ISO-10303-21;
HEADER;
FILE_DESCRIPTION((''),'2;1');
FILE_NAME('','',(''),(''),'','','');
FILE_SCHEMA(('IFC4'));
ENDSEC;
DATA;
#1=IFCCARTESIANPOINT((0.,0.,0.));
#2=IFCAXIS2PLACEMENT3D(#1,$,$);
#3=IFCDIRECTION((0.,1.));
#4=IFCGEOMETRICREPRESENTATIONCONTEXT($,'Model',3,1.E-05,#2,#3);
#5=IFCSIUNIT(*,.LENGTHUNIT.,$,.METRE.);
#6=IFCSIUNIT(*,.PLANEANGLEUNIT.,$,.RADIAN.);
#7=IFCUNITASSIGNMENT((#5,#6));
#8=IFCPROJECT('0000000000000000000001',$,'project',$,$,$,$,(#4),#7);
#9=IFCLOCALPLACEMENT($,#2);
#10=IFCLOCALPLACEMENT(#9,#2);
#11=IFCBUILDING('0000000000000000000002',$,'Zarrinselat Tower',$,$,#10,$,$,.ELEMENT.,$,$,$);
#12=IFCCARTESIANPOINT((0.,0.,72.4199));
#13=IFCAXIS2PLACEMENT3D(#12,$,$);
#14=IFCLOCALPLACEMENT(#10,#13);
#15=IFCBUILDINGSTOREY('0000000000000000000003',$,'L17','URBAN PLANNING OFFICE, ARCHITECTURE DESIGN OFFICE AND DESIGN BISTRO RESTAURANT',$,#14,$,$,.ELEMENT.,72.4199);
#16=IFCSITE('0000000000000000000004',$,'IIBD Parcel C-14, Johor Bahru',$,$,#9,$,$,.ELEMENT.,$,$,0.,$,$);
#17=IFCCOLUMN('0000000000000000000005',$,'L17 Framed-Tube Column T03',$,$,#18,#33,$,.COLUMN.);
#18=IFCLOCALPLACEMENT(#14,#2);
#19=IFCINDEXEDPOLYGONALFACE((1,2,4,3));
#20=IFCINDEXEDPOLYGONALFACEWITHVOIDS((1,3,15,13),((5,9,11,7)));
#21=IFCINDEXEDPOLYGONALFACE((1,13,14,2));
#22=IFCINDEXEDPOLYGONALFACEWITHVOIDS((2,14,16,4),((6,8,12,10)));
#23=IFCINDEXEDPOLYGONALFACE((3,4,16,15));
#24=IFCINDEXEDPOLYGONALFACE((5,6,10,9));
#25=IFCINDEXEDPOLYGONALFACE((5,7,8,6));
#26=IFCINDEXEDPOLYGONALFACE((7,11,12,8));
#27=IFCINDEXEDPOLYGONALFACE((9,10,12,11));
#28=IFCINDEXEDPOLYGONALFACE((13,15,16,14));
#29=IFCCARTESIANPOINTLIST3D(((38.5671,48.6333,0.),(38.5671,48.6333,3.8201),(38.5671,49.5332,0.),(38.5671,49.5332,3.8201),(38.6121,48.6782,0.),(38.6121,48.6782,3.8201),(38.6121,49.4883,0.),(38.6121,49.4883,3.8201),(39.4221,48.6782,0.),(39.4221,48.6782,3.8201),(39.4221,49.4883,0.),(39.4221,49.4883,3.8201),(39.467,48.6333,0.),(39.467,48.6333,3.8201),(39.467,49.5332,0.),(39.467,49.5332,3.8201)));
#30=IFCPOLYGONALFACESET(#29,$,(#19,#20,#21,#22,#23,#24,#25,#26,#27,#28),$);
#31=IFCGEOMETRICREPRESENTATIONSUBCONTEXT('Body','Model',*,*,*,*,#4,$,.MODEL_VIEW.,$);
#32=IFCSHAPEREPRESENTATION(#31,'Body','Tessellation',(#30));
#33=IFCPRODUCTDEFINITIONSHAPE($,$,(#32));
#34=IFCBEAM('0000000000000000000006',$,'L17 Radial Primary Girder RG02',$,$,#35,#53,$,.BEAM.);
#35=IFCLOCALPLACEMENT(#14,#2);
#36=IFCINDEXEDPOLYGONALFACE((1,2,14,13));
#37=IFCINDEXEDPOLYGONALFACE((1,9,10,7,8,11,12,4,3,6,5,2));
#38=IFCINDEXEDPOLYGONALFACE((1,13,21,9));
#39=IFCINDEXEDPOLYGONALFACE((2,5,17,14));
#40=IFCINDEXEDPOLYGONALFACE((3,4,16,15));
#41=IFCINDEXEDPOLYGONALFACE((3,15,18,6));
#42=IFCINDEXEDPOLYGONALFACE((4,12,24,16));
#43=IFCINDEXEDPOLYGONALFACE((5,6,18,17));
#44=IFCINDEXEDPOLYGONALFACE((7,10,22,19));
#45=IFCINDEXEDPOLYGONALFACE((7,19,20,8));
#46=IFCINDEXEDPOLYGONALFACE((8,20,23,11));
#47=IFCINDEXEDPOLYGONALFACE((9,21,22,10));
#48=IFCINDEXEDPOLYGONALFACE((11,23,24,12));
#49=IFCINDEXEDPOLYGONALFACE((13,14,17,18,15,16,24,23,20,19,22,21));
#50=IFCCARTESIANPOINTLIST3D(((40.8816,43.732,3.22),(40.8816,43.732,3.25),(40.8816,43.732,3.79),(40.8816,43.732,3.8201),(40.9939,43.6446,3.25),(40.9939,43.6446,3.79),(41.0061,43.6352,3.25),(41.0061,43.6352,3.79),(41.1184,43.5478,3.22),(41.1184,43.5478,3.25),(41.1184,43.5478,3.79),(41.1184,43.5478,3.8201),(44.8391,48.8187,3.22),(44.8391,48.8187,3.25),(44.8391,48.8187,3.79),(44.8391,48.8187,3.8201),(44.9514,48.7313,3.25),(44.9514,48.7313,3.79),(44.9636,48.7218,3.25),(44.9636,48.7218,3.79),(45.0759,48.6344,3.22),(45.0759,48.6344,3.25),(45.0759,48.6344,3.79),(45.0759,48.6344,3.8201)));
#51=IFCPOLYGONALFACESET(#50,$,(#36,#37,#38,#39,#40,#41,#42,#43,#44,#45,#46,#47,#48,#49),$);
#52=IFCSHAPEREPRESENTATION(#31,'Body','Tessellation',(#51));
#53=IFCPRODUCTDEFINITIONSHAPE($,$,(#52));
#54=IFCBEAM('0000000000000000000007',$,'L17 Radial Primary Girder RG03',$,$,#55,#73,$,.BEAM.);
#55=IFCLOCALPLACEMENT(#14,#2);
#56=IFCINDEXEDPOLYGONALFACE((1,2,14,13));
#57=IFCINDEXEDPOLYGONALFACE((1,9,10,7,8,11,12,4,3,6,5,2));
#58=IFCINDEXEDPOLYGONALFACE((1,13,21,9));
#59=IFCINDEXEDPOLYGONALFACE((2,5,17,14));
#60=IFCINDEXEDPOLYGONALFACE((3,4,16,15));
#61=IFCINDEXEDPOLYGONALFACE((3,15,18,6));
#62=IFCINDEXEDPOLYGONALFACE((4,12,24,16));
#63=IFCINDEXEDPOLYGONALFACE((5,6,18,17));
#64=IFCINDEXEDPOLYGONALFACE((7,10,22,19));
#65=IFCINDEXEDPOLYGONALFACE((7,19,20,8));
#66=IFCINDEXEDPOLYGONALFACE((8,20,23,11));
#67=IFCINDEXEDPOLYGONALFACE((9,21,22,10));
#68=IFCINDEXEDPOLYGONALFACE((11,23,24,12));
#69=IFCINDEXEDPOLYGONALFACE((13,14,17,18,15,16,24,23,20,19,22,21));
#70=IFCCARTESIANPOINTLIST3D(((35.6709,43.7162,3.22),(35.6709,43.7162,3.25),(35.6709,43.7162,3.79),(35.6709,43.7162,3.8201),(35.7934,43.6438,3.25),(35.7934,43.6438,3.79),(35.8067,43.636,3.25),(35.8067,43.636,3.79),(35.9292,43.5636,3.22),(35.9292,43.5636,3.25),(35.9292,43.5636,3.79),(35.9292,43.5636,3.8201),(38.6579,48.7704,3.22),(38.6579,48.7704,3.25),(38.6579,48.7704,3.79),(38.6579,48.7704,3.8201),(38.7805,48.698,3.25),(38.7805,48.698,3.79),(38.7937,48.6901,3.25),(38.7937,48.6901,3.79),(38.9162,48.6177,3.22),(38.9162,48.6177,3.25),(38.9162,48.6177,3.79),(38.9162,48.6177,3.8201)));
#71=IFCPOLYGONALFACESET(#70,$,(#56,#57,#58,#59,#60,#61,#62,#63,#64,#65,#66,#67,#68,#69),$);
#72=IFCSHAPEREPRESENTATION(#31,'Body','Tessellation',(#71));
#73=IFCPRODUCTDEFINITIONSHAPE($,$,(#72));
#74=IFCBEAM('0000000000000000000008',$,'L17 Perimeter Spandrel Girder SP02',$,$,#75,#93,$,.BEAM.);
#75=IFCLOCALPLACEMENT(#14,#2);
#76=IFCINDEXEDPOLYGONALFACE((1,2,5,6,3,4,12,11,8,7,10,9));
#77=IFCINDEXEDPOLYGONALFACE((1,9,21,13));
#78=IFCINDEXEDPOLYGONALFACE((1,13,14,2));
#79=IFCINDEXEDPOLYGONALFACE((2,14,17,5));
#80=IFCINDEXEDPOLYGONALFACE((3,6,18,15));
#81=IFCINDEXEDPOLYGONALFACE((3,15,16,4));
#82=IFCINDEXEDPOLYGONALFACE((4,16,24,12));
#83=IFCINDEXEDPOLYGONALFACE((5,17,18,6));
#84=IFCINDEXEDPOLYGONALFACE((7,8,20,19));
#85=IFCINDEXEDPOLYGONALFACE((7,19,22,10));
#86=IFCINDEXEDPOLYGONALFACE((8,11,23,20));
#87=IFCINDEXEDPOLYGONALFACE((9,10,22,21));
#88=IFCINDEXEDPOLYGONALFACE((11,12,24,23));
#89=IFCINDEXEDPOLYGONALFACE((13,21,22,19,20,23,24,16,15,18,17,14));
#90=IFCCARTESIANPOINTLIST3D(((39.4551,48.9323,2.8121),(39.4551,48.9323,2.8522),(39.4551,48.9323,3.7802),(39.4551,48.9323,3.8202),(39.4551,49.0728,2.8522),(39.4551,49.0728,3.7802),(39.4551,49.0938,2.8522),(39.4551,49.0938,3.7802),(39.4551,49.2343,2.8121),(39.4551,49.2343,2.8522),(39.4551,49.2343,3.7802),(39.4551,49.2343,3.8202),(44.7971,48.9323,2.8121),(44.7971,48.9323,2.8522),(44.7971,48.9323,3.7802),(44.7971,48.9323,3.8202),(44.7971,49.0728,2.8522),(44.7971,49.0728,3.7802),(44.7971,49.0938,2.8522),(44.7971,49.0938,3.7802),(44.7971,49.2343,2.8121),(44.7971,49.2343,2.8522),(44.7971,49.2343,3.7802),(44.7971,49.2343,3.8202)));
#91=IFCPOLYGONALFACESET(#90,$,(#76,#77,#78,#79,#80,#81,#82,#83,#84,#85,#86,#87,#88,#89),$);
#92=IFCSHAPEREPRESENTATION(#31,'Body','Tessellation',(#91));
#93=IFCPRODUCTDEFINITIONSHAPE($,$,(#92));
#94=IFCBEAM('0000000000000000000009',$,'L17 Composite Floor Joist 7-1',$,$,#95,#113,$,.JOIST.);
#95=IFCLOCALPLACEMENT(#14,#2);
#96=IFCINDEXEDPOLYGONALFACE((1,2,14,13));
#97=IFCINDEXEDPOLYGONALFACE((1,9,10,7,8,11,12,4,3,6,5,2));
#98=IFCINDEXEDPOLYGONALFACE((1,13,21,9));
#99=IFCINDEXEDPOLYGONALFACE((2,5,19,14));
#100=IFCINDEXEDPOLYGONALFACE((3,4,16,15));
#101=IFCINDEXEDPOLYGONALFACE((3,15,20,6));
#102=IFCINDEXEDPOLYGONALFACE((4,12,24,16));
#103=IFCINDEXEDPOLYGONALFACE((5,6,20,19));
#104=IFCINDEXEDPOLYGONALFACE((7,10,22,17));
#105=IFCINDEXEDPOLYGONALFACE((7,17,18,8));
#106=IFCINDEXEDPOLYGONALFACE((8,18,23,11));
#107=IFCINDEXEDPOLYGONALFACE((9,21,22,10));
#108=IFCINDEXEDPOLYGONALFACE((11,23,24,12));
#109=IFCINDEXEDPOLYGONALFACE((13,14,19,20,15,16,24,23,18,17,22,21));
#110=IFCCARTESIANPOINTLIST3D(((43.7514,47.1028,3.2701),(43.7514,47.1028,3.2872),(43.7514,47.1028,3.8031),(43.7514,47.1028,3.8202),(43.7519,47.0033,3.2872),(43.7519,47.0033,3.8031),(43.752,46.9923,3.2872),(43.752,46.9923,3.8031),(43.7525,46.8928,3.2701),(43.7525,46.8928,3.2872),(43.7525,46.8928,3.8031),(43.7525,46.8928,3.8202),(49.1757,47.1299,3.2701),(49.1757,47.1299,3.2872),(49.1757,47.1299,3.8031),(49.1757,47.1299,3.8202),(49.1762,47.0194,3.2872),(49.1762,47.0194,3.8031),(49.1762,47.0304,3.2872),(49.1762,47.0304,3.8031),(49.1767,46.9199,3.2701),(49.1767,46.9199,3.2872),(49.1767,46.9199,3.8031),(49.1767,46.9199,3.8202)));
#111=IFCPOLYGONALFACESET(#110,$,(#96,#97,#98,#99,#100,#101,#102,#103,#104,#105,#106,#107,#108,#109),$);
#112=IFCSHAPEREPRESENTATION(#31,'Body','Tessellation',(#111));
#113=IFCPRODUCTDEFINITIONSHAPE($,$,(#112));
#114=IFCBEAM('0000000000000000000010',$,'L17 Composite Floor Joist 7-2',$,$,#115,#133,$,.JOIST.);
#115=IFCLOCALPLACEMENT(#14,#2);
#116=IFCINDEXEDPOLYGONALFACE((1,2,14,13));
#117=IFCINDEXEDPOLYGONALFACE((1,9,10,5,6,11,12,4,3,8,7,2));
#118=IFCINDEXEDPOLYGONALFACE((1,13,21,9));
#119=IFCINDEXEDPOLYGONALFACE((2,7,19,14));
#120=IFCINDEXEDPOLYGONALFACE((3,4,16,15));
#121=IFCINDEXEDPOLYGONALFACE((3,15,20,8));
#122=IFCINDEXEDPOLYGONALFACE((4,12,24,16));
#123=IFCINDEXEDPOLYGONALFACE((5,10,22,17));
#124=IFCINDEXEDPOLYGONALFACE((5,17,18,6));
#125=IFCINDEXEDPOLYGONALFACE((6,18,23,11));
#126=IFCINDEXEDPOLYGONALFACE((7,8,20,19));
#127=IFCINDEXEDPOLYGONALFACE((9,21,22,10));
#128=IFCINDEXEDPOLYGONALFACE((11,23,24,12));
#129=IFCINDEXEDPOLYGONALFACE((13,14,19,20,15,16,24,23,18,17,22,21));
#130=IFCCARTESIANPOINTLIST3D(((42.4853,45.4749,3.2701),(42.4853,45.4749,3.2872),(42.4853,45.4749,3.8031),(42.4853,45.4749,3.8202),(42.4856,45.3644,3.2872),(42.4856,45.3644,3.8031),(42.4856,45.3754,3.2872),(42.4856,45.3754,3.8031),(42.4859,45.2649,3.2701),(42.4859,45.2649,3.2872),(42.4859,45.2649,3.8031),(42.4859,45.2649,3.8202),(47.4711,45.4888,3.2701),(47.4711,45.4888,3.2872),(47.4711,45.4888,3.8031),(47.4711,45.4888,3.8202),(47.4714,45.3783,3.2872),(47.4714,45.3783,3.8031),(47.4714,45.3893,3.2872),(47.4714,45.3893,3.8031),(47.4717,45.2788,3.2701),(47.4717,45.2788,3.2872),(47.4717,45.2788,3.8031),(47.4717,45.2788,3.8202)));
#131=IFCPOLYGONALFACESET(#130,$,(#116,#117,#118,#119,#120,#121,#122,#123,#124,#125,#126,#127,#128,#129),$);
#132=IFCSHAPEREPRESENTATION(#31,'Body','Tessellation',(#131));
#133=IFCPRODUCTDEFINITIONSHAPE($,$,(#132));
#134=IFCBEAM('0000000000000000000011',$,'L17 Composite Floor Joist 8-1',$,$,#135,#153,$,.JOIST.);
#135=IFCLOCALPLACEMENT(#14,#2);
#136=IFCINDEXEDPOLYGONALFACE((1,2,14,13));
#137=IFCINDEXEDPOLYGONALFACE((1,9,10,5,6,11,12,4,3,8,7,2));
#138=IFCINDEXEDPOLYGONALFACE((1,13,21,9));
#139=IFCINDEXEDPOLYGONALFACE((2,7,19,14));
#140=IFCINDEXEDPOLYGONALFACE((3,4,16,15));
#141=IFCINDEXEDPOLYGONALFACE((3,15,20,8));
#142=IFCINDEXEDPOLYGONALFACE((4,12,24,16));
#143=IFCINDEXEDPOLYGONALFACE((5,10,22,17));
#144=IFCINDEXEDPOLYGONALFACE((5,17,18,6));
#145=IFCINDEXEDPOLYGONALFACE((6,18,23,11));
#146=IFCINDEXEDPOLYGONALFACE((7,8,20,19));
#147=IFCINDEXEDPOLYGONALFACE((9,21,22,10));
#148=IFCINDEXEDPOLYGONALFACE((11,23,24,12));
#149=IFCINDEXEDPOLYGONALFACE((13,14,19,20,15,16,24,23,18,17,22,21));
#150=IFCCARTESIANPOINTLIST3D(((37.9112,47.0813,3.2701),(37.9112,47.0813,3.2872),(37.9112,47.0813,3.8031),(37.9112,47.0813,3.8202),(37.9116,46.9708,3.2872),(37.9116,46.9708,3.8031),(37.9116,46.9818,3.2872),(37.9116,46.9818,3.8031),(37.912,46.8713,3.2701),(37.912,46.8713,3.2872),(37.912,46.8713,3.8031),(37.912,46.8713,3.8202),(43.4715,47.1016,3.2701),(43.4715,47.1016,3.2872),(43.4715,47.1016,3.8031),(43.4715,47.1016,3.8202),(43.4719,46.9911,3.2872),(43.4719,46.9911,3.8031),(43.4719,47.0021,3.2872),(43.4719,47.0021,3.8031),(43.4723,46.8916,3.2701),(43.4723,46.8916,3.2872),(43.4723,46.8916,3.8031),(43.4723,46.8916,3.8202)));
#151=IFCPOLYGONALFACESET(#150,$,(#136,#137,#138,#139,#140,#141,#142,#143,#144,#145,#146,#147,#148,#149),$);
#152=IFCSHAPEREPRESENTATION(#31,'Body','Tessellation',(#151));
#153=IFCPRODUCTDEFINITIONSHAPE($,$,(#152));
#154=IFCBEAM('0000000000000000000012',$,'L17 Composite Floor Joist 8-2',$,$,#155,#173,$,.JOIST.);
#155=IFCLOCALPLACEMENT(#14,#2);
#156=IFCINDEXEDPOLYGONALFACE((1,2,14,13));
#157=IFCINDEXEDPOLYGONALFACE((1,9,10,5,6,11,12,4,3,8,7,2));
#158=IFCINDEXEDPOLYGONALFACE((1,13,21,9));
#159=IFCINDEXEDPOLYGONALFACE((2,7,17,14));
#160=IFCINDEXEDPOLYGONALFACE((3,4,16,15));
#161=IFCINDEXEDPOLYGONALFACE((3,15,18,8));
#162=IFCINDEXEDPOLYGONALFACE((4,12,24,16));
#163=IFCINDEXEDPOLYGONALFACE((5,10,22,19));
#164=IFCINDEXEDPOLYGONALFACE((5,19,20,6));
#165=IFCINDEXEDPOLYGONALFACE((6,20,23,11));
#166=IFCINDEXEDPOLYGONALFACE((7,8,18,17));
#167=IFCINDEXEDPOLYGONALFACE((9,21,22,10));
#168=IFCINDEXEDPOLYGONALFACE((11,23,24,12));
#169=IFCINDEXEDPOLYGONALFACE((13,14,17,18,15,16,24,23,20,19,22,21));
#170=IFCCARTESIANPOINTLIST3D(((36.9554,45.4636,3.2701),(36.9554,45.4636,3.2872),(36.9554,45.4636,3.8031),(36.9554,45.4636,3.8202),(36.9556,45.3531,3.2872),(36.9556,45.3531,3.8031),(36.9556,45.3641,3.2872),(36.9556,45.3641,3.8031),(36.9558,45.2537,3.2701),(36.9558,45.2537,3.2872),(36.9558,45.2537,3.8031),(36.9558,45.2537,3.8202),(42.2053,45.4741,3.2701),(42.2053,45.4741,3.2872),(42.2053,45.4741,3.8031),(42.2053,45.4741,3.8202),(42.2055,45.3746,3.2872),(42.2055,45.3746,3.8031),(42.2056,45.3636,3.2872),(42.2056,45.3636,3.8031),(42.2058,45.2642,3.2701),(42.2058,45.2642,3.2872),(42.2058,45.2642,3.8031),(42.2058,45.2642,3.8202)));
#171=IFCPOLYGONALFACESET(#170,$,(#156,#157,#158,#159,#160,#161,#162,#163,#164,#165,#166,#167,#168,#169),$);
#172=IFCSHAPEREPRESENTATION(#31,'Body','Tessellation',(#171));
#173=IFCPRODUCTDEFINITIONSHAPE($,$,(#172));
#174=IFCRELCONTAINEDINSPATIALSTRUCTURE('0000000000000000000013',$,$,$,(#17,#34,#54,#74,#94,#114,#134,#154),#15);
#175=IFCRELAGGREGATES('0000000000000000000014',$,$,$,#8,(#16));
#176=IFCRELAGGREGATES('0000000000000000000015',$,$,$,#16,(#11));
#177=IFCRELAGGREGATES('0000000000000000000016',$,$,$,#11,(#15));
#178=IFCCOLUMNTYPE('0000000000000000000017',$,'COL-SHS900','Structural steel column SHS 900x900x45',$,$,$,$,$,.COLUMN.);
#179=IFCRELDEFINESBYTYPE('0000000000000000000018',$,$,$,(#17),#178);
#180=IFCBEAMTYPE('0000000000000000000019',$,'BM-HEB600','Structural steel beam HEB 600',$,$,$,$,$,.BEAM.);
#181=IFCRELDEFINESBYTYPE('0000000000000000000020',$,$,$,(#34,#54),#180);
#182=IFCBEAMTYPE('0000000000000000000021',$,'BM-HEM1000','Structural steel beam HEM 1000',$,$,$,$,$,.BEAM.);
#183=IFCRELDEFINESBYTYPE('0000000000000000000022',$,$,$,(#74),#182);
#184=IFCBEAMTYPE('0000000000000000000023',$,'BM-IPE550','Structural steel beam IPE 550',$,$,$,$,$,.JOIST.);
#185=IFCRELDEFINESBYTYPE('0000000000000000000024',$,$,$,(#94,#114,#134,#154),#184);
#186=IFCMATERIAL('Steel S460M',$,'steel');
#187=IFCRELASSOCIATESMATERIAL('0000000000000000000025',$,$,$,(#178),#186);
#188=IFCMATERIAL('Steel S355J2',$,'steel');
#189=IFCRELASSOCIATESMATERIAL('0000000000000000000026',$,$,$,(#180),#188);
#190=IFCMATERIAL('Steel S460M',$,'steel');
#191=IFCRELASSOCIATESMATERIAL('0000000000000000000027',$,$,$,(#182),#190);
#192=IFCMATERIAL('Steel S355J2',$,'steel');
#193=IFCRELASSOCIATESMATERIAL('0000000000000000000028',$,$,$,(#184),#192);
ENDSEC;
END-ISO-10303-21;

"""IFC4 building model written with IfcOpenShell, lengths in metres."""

from ifc_helpers import new_model, si_unit, direction, frame, origin, origin_2d, place, context, subcontext, project, spatial, hollow_rectangle, i_section, extrude, material, material_profile, profile_set, type_object, element, save


model = new_model("IFC4")

# Units and contexts
model_context = context("Model", 3, precision=1e-05, world=origin(), true_north=direction((0.0, 1.0)))
body_context = subcontext(model_context, "Body", "Model", "MODEL_VIEW")
ifc_project = project(units=[si_unit("LENGTHUNIT", "METRE"), si_unit("PLANEANGLEUNIT", "RADIAN")], contexts=[model_context])

# Site, building, storey
site_placement = place(None, origin())
site = spatial("IfcSite", under=ifc_project, at=site_placement, Name="IIBD Parcel C-14, Johor Bahru", CompositionType="ELEMENT", RefElevation=0.0)
building_placement = place(site_placement, origin())
building = spatial("IfcBuilding", under=site, at=building_placement, Name="Zarrinselat Tower", CompositionType="ELEMENT")
storey_placement = place(building_placement, frame((0.0, 0.0, 72.4199)))
storey = spatial("IfcBuildingStorey", under=building, at=storey_placement, Name="L17", Description="URBAN PLANNING OFFICE, ARCHITECTURE DESIGN OFFICE AND DESIGN BISTRO RESTAURANT", CompositionType="ELEMENT", Elevation=72.4199)

# Column
ifc_material_1 = material(Name="Steel S460M", Category="steel")
ifc_material_profile_1 = material_profile(ifc_material_1, hollow_rectangle(XDim=0.8999, YDim=0.8999, WallThickness=0.0449, at=origin_2d()), Name="SHS 900x900x45")
ifc_profile_set_1 = profile_set([ifc_material_profile_1], Name="Steel S460M")
column_type = type_object("IfcColumnType", Name="COL-SHS900", Description="Structural steel column SHS 900x900x45", PredefinedType="COLUMN", material=ifc_profile_set_1)
column_placement = place(storey_placement, frame((39.0171, 49.0833, 0.0), z_axis=(0.0, 0.0, 1.0), x_axis=(1.0, 0.0, 0.0)))
element("IfcColumn", 1, at=column_placement, inside=storey, type_object=column_type, Name="L17 Framed-Tube Column T03", PredefinedType="COLUMN", context=body_context, shape_type="SweptSolid", body=[
    extrude(hollow_rectangle(XDim=0.8999, YDim=0.8999, WallThickness=0.0449, at=origin_2d()), origin(), (0.0, 0.0, 1.0), 3.8201),
])

# Beams
ifc_material_2 = material(Name="Steel S355J2", Category="steel")
ifc_material_profile_2 = material_profile(ifc_material_2, i_section(OverallWidth=0.3, OverallDepth=0.6001, WebThickness=0.0154, FlangeThickness=0.03, at=origin_2d()), Name="HEB 600")
ifc_profile_set_2 = profile_set([ifc_material_profile_2], Name="Steel S355J2")
beam_type_1 = type_object("IfcBeamType", Name="BM-HEB600", Description="Structural steel beam HEB 600", PredefinedType="BEAM", material=ifc_profile_set_2)
beam_1_placement = place(storey_placement, frame((41.0, 43.6399, 3.52), z_axis=(0.614059, 0.78926, 0.0), x_axis=(-0.78926, 0.614059, 0.0)))
element("IfcBeam", 2, at=beam_1_placement, inside=storey, type_object=beam_type_1, Name="L17 Radial Primary Girder RG02", PredefinedType="BEAM", context=body_context, shape_type="SweptSolid", body=[
    extrude(i_section(OverallWidth=0.3, OverallDepth=0.6001, WebThickness=0.0154, FlangeThickness=0.03, at=origin_2d()), origin(), (0.0, 0.0, 1.0), 6.4448),
])
beam_2_placement = place(storey_placement, frame((35.8, 43.6399, 3.52), z_axis=(0.508791, 0.86089, 0.0), x_axis=(-0.86089, 0.508791, 0.0)))
element("IfcBeam", 3, at=beam_2_placement, inside=storey, type_object=beam_type_1, Name="L17 Radial Primary Girder RG03", PredefinedType="BEAM", context=body_context, shape_type="SweptSolid", body=[
    extrude(i_section(OverallWidth=0.3, OverallDepth=0.6001, WebThickness=0.0154, FlangeThickness=0.03, at=origin_2d()), origin(), (0.0, 0.0, 1.0), 5.8708),
])
ifc_material_3 = material(Name="Steel S460M", Category="steel")
ifc_material_profile_3 = material_profile(ifc_material_3, i_section(OverallWidth=0.302, OverallDepth=1.0081, WebThickness=0.021, FlangeThickness=0.04, at=origin_2d()), Name="HEM 1000")
ifc_profile_set_3 = profile_set([ifc_material_profile_3], Name="Steel S460M")
beam_type_2 = type_object("IfcBeamType", Name="BM-HEM1000", Description="Structural steel beam HEM 1000", PredefinedType="BEAM", material=ifc_profile_set_3)
beam_3_placement = place(storey_placement, frame((39.4551, 49.0833, 3.3162), z_axis=(1.0, 0.0, 0.0), x_axis=(0.0, 1.0, 0.0)))
element("IfcBeam", 4, at=beam_3_placement, inside=storey, type_object=beam_type_2, Name="L17 Perimeter Spandrel Girder SP02", PredefinedType="BEAM", context=body_context, shape_type="SweptSolid", body=[
    extrude(i_section(OverallWidth=0.302, OverallDepth=1.0081, WebThickness=0.021, FlangeThickness=0.04, at=origin_2d()), origin(), (0.0, 0.0, 1.0), 5.342),
])
ifc_material_4 = material(Name="Steel S355J2", Category="steel")
ifc_material_profile_4 = material_profile(ifc_material_4, i_section(OverallWidth=0.21, OverallDepth=0.55, WebThickness=0.011, FlangeThickness=0.0171, at=origin_2d()), Name="IPE 550")
ifc_profile_set_4 = profile_set([ifc_material_profile_4], Name="Steel S355J2")
beam_type_3 = type_object("IfcBeamType", Name="BM-IPE550", Description="Structural steel beam IPE 550", PredefinedType="JOIST", material=ifc_profile_set_4)
beam_4_placement = place(storey_placement, frame((43.752, 46.9978, 3.5452), z_axis=(0.999988, 0.004996, 0.0), x_axis=(-0.004996, 0.999988, 0.0)))
element("IfcBeam", 5, at=beam_4_placement, inside=storey, type_object=beam_type_3, Name="L17 Composite Floor Joist 7-1", PredefinedType="JOIST", context=body_context, shape_type="SweptSolid", body=[
    extrude(i_section(OverallWidth=0.21, OverallDepth=0.55, WebThickness=0.011, FlangeThickness=0.0171, at=origin_2d()), origin(), (0.0, 0.0, 1.0), 5.4243),
])
beam_5_placement = place(storey_placement, frame((42.4856, 45.3699, 3.5452), z_axis=(0.999996, 0.002791, 0.0), x_axis=(-0.002791, 0.999996, 0.0)))
element("IfcBeam", 6, at=beam_5_placement, inside=storey, type_object=beam_type_3, Name="L17 Composite Floor Joist 7-2", PredefinedType="JOIST", context=body_context, shape_type="SweptSolid", body=[
    extrude(i_section(OverallWidth=0.21, OverallDepth=0.55, WebThickness=0.011, FlangeThickness=0.0171, at=origin_2d()), origin(), (0.0, 0.0, 1.0), 4.9858),
])
beam_6_placement = place(storey_placement, frame((37.9116, 46.9763, 3.5452), z_axis=(0.999993, 0.003644, 0.0), x_axis=(-0.003644, 0.999993, 0.0)))
element("IfcBeam", 7, at=beam_6_placement, inside=storey, type_object=beam_type_3, Name="L17 Composite Floor Joist 8-1", PredefinedType="JOIST", context=body_context, shape_type="SweptSolid", body=[
    extrude(i_section(OverallWidth=0.21, OverallDepth=0.55, WebThickness=0.011, FlangeThickness=0.0171, at=origin_2d()), origin(), (0.0, 0.0, 1.0), 5.5603),
])
beam_7_placement = place(storey_placement, frame((36.9556, 45.3586, 3.5452), z_axis=(0.999998, 0.002, 0.0), x_axis=(-0.002, 0.999998, 0.0)))
element("IfcBeam", 8, at=beam_7_placement, inside=storey, type_object=beam_type_3, Name="L17 Composite Floor Joist 8-2", PredefinedType="JOIST", context=body_context, shape_type="SweptSolid", body=[
    extrude(i_section(OverallWidth=0.21, OverallDepth=0.55, WebThickness=0.011, FlangeThickness=0.0171, at=origin_2d()), origin(), (0.0, 0.0, 1.0), 5.25),
])

save(model, "model.ifc")
